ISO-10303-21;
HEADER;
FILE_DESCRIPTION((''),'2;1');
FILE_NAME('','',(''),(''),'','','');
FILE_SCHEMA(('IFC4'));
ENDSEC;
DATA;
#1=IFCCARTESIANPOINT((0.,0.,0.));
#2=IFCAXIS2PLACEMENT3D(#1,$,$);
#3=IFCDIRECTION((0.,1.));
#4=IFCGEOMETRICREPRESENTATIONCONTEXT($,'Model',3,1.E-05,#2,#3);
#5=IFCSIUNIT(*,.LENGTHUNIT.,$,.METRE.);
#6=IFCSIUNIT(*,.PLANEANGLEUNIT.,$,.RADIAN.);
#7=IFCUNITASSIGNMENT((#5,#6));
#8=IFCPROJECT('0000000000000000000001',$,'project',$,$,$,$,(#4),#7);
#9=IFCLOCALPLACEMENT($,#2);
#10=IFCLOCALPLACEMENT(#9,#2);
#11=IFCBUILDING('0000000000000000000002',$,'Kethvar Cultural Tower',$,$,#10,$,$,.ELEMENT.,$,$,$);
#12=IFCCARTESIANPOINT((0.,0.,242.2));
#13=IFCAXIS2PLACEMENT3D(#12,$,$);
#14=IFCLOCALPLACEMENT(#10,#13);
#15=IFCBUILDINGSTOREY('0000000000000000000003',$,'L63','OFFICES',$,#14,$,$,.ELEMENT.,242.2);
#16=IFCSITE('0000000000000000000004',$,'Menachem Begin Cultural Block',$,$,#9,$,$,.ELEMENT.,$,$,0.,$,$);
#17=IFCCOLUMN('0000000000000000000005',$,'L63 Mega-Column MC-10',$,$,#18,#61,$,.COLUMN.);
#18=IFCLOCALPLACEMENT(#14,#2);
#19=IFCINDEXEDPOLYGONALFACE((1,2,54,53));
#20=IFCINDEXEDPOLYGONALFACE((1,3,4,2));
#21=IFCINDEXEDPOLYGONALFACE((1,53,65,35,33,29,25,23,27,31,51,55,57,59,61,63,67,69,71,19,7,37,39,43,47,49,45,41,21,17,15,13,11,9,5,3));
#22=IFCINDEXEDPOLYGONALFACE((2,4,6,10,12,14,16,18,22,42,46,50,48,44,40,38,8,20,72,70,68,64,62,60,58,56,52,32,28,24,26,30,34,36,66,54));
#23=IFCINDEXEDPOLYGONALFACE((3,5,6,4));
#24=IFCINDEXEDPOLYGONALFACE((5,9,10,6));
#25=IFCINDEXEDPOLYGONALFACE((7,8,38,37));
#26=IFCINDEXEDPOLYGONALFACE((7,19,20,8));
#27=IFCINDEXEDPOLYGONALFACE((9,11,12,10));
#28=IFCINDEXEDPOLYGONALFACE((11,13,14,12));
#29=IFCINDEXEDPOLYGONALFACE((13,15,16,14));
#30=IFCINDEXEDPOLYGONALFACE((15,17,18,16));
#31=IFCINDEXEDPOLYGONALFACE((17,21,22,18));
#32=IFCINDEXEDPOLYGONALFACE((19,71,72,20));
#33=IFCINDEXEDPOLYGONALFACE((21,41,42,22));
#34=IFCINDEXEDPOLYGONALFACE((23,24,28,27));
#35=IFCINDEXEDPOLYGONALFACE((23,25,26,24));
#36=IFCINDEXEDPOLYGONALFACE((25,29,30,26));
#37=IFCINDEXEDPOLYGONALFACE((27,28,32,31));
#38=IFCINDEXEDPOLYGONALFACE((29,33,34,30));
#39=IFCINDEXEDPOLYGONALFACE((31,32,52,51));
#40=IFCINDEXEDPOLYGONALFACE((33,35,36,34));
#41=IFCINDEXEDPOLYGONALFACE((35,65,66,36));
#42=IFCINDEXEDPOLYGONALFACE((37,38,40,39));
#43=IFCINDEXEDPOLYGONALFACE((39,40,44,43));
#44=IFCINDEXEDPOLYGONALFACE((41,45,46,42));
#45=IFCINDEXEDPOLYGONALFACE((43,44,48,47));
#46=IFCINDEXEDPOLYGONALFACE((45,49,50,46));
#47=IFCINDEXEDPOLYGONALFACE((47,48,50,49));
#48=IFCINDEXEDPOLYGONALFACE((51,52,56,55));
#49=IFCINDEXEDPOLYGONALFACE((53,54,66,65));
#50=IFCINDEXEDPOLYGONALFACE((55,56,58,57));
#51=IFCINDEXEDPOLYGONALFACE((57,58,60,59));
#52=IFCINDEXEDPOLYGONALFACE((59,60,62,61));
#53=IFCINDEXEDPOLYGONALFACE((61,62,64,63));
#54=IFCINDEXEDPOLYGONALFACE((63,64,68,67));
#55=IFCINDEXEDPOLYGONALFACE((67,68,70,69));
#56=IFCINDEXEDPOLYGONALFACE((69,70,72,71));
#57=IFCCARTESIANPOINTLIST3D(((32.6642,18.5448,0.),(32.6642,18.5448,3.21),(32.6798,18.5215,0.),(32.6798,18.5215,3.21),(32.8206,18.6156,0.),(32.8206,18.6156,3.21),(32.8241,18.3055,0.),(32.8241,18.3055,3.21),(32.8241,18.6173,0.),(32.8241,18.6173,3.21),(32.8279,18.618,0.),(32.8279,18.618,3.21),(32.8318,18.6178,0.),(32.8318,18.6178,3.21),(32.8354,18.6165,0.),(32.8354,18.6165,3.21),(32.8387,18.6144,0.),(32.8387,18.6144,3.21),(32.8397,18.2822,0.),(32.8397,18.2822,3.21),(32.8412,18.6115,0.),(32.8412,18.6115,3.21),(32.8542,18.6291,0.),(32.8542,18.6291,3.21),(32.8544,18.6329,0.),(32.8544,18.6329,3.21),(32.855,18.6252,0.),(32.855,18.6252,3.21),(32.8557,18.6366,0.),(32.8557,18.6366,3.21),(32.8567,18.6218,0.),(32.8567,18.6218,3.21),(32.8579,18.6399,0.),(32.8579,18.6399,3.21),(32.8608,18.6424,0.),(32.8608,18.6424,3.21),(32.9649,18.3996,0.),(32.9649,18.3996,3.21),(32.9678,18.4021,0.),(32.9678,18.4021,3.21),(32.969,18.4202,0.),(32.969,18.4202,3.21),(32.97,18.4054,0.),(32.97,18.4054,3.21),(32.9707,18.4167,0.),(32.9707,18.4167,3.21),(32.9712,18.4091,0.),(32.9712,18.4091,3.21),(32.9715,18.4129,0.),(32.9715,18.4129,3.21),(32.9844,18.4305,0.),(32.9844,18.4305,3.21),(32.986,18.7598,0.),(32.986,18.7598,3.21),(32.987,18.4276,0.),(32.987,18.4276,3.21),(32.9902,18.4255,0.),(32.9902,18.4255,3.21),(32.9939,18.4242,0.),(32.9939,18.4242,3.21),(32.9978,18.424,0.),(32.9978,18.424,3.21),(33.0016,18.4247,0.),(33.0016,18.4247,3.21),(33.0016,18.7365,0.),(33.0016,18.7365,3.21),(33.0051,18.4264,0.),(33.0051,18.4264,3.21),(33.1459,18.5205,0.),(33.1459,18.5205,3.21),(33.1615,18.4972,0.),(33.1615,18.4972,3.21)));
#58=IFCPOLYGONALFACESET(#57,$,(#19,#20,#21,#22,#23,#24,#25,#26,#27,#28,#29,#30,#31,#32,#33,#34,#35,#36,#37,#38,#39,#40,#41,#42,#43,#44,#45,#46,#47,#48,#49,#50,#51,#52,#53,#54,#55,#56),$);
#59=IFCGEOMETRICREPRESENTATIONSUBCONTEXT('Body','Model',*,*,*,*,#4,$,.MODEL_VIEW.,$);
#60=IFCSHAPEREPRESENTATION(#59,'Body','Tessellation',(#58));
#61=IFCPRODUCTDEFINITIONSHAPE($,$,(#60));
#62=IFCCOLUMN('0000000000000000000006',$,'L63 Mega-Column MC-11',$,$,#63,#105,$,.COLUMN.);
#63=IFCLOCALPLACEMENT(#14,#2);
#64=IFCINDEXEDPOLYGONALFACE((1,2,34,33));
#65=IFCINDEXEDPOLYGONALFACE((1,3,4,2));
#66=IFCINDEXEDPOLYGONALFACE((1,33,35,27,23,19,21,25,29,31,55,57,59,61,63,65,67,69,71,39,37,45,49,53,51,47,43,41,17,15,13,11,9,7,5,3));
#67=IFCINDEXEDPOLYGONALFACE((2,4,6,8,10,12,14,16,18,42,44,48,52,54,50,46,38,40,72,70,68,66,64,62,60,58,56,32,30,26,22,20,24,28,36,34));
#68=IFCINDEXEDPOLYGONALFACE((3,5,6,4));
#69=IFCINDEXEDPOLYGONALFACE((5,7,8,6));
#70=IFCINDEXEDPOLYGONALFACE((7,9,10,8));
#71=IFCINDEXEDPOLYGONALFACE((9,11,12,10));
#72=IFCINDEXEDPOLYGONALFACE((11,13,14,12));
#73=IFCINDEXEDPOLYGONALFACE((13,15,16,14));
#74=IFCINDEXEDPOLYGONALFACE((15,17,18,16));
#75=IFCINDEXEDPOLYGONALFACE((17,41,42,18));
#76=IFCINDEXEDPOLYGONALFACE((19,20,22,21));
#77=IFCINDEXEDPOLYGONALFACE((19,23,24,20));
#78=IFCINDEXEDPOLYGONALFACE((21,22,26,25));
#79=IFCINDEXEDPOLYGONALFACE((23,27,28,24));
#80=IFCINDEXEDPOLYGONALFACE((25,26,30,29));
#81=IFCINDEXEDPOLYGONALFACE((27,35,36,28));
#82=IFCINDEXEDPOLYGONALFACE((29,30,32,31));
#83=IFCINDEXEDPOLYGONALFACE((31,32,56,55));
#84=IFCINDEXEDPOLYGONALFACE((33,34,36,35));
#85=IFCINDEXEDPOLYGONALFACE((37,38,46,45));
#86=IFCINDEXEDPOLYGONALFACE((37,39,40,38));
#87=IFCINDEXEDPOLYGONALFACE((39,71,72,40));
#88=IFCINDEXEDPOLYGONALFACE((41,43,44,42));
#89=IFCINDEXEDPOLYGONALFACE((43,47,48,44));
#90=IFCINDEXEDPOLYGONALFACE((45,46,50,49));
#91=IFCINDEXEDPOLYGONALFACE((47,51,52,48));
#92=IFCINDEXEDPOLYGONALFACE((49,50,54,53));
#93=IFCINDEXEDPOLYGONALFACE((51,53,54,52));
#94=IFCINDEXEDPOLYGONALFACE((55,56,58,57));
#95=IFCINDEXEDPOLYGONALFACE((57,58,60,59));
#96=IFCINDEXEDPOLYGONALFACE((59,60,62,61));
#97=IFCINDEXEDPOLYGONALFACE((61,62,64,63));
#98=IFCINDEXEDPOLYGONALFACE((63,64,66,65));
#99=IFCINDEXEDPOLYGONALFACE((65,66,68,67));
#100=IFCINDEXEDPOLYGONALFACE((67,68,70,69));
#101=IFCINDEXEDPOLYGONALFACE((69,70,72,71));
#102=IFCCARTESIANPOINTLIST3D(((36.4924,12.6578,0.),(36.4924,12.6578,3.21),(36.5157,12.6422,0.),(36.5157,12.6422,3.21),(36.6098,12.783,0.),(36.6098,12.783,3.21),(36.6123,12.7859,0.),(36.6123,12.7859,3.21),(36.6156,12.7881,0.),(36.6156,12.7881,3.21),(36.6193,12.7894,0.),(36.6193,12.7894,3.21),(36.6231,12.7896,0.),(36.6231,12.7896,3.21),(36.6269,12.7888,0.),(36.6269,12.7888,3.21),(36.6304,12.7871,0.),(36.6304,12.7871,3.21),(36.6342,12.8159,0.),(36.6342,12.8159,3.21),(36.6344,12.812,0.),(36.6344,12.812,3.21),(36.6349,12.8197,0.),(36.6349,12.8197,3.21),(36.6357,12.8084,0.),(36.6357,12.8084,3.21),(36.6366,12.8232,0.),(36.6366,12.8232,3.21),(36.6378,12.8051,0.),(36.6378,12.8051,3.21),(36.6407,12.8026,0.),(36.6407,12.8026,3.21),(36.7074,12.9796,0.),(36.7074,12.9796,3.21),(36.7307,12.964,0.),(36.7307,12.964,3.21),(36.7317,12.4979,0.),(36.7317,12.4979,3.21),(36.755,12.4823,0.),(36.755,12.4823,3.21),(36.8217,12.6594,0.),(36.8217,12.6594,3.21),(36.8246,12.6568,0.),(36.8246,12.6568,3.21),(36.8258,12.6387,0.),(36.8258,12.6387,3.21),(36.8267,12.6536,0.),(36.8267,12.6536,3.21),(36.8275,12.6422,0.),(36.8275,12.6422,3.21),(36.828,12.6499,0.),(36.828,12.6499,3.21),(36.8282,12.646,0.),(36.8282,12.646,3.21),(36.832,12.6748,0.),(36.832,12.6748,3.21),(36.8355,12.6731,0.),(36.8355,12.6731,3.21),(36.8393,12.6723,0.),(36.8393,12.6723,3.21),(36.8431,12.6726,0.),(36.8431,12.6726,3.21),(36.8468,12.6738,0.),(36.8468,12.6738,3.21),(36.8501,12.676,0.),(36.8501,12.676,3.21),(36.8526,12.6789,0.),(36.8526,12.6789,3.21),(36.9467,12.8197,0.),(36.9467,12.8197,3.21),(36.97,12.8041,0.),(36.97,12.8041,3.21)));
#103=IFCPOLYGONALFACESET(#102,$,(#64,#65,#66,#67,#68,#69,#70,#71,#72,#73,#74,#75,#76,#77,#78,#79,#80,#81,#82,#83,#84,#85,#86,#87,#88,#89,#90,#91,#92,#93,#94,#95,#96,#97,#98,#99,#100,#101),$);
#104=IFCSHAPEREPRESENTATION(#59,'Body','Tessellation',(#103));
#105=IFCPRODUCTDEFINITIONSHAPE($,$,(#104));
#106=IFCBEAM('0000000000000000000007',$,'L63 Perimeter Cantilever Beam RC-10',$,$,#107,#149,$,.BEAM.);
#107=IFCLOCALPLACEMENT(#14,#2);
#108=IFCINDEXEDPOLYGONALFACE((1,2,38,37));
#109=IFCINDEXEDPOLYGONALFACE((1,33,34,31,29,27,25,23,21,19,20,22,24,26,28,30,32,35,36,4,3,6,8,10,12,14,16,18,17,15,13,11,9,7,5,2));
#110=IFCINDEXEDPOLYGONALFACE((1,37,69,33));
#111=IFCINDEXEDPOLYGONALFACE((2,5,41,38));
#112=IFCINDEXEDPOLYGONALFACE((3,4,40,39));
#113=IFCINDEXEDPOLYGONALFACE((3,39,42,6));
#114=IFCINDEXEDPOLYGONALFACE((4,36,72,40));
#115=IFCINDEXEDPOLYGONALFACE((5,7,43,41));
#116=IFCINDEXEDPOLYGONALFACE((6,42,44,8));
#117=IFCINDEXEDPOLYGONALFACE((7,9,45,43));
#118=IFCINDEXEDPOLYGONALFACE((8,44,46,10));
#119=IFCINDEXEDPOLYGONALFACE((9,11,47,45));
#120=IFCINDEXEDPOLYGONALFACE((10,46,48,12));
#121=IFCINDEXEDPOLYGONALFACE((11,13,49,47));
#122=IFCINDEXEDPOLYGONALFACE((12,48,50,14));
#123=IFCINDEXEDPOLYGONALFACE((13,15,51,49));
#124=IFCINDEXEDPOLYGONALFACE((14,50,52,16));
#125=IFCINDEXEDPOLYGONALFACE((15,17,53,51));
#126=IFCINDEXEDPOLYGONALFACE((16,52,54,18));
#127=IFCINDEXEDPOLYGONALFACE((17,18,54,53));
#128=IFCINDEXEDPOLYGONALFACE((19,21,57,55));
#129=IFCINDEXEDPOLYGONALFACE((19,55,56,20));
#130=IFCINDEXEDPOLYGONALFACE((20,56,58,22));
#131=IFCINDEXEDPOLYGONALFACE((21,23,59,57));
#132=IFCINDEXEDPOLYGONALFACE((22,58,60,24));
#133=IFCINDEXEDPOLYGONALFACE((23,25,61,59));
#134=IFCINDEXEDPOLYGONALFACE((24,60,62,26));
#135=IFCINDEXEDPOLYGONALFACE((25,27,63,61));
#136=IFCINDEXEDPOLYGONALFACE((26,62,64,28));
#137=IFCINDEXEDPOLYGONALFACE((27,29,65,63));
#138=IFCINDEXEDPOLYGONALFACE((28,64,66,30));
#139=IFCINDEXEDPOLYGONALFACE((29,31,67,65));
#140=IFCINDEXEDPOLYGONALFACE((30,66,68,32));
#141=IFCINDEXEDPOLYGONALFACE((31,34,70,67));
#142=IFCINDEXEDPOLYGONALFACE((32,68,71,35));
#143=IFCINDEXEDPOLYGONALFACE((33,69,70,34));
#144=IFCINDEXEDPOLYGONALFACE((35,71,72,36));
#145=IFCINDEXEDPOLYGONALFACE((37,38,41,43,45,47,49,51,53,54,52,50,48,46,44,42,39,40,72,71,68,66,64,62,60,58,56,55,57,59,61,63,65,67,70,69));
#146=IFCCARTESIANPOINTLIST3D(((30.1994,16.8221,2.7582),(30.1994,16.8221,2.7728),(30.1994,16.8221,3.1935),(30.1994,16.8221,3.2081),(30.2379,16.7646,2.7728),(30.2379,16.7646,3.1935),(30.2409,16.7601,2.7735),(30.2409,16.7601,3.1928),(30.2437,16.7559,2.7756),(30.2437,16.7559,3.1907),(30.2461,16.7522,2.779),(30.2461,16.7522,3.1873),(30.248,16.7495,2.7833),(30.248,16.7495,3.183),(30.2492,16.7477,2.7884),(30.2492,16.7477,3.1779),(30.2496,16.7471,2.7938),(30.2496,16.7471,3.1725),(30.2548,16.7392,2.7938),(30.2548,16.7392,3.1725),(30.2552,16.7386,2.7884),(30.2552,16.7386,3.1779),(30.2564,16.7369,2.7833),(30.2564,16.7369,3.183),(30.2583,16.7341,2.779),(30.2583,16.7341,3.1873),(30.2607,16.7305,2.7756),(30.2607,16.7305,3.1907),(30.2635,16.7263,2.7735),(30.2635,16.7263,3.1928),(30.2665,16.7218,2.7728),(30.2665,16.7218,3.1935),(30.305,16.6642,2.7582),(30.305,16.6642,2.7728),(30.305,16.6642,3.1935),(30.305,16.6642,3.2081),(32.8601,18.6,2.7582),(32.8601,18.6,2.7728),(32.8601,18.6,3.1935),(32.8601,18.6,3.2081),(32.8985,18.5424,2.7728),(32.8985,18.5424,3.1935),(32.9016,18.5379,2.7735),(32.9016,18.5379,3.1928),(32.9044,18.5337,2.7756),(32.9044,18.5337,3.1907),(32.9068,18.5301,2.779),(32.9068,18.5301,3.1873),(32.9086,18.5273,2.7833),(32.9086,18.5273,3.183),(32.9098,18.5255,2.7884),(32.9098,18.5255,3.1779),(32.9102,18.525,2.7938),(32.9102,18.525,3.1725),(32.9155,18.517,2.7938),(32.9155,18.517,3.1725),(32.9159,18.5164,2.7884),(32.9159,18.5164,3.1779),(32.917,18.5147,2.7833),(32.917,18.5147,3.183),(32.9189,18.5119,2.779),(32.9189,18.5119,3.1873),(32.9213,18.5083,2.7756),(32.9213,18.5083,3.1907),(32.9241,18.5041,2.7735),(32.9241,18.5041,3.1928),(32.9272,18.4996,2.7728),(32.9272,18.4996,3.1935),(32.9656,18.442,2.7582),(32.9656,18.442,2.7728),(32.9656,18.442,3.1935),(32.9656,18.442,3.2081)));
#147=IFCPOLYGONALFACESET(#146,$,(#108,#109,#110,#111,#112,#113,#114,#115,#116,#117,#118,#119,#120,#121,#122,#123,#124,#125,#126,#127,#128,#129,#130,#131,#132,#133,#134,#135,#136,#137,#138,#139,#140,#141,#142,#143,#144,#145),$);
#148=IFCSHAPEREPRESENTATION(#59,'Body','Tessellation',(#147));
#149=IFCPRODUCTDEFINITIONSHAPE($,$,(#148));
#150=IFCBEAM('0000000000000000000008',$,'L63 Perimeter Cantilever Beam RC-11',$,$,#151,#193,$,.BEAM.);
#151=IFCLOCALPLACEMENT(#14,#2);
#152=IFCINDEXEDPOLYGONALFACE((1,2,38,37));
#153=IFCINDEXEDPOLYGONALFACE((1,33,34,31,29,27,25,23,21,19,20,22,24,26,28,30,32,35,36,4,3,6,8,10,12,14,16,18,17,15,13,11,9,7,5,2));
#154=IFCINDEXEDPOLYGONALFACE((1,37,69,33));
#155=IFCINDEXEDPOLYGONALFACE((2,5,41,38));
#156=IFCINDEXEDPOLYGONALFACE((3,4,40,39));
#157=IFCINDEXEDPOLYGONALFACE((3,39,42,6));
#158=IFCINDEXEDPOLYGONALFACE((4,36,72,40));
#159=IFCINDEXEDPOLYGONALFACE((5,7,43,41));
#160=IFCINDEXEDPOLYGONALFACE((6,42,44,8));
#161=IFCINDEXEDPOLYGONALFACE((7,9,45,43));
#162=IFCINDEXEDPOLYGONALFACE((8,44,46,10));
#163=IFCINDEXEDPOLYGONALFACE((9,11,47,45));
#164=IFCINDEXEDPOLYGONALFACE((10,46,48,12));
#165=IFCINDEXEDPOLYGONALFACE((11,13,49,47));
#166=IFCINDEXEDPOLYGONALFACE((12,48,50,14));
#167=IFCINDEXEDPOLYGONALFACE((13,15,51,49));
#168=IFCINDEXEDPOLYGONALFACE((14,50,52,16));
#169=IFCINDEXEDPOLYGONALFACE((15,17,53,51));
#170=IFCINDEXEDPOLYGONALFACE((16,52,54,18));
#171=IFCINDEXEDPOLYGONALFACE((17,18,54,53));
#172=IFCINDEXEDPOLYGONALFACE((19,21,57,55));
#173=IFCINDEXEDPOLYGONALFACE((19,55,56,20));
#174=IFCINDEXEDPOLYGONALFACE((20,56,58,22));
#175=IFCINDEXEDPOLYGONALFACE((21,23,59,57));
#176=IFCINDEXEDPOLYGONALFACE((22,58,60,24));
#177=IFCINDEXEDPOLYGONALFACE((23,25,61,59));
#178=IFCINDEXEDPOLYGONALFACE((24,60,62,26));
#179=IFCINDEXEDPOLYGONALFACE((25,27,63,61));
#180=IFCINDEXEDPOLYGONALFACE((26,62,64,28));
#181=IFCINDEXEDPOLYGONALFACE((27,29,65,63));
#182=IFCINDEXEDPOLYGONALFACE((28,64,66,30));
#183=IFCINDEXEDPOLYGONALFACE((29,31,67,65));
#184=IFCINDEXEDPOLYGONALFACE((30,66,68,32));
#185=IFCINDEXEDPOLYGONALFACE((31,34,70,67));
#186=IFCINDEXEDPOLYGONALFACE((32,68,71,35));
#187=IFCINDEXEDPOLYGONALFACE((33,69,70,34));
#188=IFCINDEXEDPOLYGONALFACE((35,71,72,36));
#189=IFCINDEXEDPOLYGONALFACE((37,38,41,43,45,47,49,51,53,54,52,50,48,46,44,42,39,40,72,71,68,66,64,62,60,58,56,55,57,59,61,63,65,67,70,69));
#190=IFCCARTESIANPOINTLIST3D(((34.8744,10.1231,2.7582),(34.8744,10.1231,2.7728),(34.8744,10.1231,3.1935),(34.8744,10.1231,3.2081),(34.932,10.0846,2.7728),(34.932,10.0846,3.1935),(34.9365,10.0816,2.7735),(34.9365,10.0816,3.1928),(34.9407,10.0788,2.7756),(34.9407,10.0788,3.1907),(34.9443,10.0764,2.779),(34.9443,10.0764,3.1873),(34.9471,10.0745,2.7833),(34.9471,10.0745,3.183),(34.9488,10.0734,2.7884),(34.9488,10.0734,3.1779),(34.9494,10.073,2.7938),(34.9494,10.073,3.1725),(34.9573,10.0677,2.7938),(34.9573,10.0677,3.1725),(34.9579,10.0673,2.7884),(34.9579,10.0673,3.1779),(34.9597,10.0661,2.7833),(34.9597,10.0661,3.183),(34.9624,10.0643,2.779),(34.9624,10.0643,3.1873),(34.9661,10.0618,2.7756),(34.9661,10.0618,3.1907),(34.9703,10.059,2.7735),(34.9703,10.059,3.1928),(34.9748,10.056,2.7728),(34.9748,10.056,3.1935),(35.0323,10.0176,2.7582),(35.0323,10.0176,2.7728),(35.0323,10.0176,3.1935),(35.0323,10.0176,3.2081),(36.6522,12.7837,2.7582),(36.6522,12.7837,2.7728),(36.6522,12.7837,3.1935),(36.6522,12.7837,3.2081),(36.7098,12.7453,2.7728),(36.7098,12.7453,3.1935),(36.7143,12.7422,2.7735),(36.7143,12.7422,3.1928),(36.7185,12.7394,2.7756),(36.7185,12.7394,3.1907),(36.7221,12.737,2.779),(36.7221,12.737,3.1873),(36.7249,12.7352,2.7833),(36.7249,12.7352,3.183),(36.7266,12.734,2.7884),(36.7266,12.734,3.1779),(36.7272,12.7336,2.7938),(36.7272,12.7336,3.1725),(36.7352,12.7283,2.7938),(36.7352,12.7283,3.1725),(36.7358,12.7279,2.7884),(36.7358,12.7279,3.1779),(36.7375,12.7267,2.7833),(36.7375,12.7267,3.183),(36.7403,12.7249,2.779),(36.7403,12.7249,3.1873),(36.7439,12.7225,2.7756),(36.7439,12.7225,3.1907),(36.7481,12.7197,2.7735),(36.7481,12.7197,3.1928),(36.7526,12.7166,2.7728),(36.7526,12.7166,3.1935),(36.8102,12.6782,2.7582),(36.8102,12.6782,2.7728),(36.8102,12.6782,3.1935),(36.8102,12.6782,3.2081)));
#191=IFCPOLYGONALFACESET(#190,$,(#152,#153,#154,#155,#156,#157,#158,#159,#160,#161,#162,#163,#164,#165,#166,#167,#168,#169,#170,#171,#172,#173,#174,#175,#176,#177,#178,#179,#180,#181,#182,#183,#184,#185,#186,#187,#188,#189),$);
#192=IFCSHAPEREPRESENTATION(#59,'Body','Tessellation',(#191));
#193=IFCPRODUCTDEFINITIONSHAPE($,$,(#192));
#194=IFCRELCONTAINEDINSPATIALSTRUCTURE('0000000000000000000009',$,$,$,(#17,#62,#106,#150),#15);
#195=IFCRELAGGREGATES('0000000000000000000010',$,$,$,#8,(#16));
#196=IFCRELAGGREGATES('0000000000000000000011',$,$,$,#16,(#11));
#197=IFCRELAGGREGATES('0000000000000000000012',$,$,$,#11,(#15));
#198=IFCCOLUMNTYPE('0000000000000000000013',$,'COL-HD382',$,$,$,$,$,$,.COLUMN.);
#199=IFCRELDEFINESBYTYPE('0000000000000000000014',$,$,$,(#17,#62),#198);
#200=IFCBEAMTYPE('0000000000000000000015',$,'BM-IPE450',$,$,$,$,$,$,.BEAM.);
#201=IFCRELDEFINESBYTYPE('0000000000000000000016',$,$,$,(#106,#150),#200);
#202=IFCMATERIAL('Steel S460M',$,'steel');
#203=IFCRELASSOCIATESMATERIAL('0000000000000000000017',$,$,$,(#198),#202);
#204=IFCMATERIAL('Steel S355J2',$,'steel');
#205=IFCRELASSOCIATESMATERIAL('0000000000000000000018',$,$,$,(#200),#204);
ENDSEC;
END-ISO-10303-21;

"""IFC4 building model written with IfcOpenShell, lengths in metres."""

from ifc_helpers import new_model, si_unit, direction, frame, origin, origin_2d, place, context, subcontext, project, spatial, i_section, extrude, source, transform, mapped, material, material_profile, profile_set, type_object, element, save


model = new_model("IFC4")

# Units and contexts
model_context = context("Model", 3, precision=1e-05, world=origin(), true_north=direction((0.0, 1.0)))
body_context = subcontext(model_context, "Body", "Model", "MODEL_VIEW")
ifc_project = project(units=[si_unit("LENGTHUNIT", "METRE"), si_unit("PLANEANGLEUNIT", "RADIAN")], contexts=[model_context])

# Site, building, storey
site_placement = place(None, origin())
site = spatial("IfcSite", under=ifc_project, at=site_placement, Name="Menachem Begin Cultural Block", CompositionType="ELEMENT", RefElevation=0.0)
building_placement = place(site_placement, origin())
building = spatial("IfcBuilding", under=site, at=building_placement, Name="Kethvar Cultural Tower", CompositionType="ELEMENT")
storey_placement = place(building_placement, frame((0.0, 0.0, 242.2)))
storey = spatial("IfcBuildingStorey", under=building, at=storey_placement, Name="L63", Description="OFFICES", CompositionType="ELEMENT", Elevation=242.2)

# Columns
ifc_material_1 = material(Name="Steel S460M", Category="steel")
ifc_material_profile_1 = material_profile(ifc_material_1, i_section(OverallWidth=0.387, OverallDepth=0.3159, WebThickness=0.0186, FlangeThickness=0.0281, FilletRadius=0.0149, at=origin_2d()), Name="Steel S460M — HD400x382")
ifc_profile_set_1 = profile_set([ifc_material_profile_1], Name="Steel S460M — HD400x382")
column_type = type_object("IfcColumnType", Name="COL-HD382", PredefinedType="COLUMN", material=ifc_profile_set_1)
shared_shape_1 = source(origin(), body_context, "Body", "SweptSolid", [
    extrude(i_section(OverallWidth=0.387, OverallDepth=0.3159, WebThickness=0.0186, FlangeThickness=0.0281, FilletRadius=0.0149, at=origin_2d()), origin(), (0.0, 0.0, 1.0), 3.21),
])
for number, where, z_axis, x_axis, name in (
    (1, (32.9128, 18.521, 0.0), (0.0, 0.0, 1.0), (-0.83147, -0.55557, 0.0), "L63 Mega-Column MC-10"),
    (2, (36.7312, 12.731, 0.0), (0.0, 0.0, 1.0), (-0.55557, -0.83147, 0.0), "L63 Mega-Column MC-11"),
):
    element("IfcColumn", number, at=place(storey_placement, frame(where, z_axis=z_axis, x_axis=x_axis)), inside=storey, type_object=column_type, Name=name, PredefinedType="COLUMN", context=body_context, shape_type="MappedRepresentation", body=[
        mapped(shared_shape_1, transform((0.0, 0.0, 0.0), scale=1.0)),
    ])

# Beams
ifc_material_2 = material(Name="Steel S355J2", Category="steel")
ifc_material_profile_2 = material_profile(ifc_material_2, i_section(OverallWidth=0.1899, OverallDepth=0.45, WebThickness=0.0095, FlangeThickness=0.0146, FilletRadius=0.021, at=origin_2d()), Name="Steel S355J2 — IPE450")
ifc_profile_set_2 = profile_set([ifc_material_profile_2], Name="Steel S355J2 — IPE450")
beam_type_1 = type_object("IfcBeamType", Name="BM-IPE450", PredefinedType="BEAM", material=ifc_profile_set_2)
shared_shape_2 = source(origin(), body_context, "Body", "SweptSolid", [
    extrude(i_section(OverallWidth=0.1899, OverallDepth=0.45, WebThickness=0.0095, FlangeThickness=0.0146, FilletRadius=0.021, at=origin_2d()), origin(), (0.0, 0.0, 1.0), 3.2),
])
for number, where, z_axis, x_axis, name in (
    (3, (32.9128, 18.521, 2.9832), (-0.831463, -0.55558, 0.0), (0.55558, -0.831463, 0.0), "L63 Perimeter Cantilever Beam RC-10"),
    (4, (36.7312, 12.731, 2.9832), (-0.55558, -0.831463, 0.0), (0.831463, -0.55558, 0.0), "L63 Perimeter Cantilever Beam RC-11"),
):
    element("IfcBeam", number, at=place(storey_placement, frame(where, z_axis=z_axis, x_axis=x_axis)), inside=storey, type_object=beam_type_1, Name=name, PredefinedType="BEAM", context=body_context, shape_type="MappedRepresentation", body=[
        mapped(shared_shape_2, transform((0.0, 0.0, 0.0), scale=1.0)),
    ])

save(model, "model.ifc")
